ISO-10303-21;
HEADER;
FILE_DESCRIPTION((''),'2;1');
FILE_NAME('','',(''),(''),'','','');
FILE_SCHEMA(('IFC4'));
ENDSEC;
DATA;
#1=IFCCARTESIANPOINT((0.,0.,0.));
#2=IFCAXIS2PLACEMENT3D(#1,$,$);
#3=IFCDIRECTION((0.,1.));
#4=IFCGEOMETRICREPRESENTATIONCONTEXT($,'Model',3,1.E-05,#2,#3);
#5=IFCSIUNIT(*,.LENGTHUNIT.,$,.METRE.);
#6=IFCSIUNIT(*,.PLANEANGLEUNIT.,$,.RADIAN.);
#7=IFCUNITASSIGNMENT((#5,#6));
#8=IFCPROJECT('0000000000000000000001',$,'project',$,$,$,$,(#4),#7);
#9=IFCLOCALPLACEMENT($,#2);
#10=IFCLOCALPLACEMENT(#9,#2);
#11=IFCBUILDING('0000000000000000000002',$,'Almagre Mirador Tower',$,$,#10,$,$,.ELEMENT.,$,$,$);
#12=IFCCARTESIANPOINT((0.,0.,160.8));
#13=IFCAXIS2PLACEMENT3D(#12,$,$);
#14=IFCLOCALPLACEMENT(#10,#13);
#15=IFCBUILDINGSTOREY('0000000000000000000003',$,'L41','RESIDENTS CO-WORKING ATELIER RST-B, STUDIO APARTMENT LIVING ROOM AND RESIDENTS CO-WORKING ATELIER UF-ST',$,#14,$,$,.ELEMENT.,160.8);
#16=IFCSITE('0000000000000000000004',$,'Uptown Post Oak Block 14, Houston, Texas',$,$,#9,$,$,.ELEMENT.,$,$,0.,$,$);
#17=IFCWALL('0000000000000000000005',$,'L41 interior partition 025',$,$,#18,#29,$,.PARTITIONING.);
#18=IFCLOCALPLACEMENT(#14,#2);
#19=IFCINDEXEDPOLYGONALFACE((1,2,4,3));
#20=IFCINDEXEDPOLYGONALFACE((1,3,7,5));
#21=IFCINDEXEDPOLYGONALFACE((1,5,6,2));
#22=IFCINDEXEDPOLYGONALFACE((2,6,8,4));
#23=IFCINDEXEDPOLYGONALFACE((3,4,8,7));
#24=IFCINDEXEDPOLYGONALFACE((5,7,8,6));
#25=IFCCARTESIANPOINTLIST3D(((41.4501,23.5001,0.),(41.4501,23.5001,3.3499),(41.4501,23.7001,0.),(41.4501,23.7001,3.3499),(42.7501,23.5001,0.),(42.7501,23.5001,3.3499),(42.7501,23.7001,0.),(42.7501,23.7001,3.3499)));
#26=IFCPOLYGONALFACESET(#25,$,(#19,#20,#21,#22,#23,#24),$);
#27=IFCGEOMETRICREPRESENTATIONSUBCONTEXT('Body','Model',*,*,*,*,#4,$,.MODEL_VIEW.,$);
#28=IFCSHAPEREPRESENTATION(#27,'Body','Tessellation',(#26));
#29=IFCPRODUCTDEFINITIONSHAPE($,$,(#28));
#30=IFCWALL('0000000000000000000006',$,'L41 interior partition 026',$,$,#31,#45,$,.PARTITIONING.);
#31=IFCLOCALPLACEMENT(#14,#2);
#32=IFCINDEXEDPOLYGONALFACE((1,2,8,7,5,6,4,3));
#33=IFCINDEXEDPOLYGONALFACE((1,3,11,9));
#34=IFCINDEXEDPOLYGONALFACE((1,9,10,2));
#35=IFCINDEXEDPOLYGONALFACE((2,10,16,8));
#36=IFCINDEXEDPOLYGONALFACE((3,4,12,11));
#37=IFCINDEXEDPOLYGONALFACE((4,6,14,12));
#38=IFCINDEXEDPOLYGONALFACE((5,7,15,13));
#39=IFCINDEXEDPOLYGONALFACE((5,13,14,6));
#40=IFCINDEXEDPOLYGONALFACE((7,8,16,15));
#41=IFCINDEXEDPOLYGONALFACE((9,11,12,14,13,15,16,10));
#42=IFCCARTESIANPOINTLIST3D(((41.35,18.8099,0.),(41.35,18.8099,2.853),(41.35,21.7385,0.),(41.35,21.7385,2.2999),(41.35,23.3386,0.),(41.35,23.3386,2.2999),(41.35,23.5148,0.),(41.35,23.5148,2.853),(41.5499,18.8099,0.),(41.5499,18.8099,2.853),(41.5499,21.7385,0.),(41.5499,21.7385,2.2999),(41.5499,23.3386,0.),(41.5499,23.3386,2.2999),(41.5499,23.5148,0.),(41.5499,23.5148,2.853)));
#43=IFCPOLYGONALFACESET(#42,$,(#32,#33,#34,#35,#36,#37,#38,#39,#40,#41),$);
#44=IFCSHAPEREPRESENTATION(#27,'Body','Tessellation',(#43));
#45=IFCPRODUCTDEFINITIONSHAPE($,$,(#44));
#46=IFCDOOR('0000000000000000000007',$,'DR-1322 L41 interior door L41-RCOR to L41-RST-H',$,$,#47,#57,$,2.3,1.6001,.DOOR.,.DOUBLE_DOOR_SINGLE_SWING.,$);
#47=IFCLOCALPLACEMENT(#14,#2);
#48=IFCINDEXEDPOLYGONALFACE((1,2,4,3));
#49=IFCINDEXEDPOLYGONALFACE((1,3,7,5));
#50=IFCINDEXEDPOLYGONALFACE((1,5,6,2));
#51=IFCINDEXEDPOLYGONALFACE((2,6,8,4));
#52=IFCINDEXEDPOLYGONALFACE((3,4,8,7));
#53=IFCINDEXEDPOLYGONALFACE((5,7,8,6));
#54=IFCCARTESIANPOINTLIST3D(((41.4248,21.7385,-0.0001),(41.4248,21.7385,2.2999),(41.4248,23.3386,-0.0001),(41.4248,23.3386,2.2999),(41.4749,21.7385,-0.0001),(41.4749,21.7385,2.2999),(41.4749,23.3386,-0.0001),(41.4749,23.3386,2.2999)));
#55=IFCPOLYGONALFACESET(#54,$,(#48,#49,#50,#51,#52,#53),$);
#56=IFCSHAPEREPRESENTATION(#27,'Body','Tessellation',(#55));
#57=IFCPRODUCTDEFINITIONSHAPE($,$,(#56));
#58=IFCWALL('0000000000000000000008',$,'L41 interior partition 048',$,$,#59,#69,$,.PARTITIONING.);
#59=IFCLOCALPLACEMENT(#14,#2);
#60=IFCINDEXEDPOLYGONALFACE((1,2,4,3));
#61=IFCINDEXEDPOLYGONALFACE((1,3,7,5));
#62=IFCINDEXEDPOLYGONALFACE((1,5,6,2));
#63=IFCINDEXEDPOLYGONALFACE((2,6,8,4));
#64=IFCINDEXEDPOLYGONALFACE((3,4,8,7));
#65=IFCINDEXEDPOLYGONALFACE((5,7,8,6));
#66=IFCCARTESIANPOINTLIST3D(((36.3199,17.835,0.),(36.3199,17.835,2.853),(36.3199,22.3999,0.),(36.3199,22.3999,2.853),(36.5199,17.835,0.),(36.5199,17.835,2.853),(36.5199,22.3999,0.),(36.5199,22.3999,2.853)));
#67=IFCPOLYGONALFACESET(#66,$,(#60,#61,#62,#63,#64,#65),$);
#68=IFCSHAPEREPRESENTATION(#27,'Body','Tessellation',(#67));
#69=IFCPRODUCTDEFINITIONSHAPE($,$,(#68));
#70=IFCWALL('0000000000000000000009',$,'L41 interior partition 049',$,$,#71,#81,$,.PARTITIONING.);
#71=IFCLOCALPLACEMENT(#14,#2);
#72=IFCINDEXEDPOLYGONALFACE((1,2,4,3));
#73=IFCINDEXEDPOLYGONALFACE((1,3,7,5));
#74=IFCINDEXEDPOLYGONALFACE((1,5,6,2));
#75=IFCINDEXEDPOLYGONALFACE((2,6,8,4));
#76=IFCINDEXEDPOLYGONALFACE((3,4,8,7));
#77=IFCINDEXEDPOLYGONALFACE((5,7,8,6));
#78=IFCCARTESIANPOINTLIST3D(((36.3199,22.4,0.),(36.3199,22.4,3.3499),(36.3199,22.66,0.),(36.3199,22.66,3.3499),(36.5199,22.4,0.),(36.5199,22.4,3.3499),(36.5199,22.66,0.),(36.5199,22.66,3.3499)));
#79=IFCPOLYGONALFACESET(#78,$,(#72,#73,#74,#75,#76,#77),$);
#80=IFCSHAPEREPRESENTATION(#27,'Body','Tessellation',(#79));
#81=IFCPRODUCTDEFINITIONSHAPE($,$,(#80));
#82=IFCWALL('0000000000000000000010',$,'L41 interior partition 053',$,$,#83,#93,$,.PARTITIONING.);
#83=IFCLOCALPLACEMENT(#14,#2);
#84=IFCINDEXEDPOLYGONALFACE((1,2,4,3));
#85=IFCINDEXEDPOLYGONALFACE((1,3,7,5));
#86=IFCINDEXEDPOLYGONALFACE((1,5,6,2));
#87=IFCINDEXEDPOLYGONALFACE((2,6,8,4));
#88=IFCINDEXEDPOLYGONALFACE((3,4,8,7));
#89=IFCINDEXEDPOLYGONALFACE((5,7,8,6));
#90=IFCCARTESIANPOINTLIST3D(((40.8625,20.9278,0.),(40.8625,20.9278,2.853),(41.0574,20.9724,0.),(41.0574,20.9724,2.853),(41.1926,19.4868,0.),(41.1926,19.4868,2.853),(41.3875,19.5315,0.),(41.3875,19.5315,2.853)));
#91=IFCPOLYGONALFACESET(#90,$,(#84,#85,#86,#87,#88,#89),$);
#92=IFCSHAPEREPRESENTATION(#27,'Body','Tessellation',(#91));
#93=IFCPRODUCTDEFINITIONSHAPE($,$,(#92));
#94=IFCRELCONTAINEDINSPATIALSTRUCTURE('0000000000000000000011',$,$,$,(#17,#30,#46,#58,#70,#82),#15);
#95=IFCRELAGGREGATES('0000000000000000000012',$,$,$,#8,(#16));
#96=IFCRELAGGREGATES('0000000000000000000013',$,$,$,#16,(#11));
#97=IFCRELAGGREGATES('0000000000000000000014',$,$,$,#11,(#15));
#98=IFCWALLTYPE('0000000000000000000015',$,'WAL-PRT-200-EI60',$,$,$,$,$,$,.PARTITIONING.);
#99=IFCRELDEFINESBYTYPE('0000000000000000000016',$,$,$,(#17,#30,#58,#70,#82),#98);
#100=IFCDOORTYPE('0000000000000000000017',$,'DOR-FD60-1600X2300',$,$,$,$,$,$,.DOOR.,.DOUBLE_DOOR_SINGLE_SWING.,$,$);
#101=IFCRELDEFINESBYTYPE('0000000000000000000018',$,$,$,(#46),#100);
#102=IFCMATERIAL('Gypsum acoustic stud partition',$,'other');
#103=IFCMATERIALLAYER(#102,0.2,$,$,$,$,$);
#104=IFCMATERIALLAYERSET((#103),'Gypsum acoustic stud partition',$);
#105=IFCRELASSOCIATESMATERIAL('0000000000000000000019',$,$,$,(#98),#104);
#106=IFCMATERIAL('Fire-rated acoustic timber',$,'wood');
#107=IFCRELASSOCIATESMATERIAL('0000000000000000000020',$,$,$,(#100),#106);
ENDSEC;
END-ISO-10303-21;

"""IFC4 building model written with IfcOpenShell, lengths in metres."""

from ifc_helpers import new_model, si_unit, direction, frame, frame_2d, origin, place, context, subcontext, project, spatial, rectangle, extrude, material, layer, layer_set, type_object, element, fill, save


model = new_model("IFC4")

# Units and contexts
model_context = context("Model", 3, precision=1e-05, world=origin(), true_north=direction((0.0, 1.0)))
body_context = subcontext(model_context, "Body", "Model", "MODEL_VIEW")
ifc_project = project(units=[si_unit("LENGTHUNIT", "METRE"), si_unit("PLANEANGLEUNIT", "RADIAN")], contexts=[model_context])

# Site, building, storey
site_placement = place(None, origin())
site = spatial("IfcSite", under=ifc_project, at=site_placement, Name="Uptown Post Oak Block 14, Houston, Texas", CompositionType="ELEMENT", RefElevation=0.0)
building_placement = place(site_placement, origin())
building = spatial("IfcBuilding", under=site, at=building_placement, Name="Almagre Mirador Tower", CompositionType="ELEMENT")
storey_placement = place(building_placement, frame((0.0, 0.0, 160.8)))
storey = spatial("IfcBuildingStorey", under=building, at=storey_placement, Name="L41", Description="RESIDENTS CO-WORKING ATELIER RST-B, STUDIO APARTMENT LIVING ROOM AND RESIDENTS CO-WORKING ATELIER UF-ST", CompositionType="ELEMENT", Elevation=160.8)

# Shared definitions
ifc_material_1 = material(Name="Gypsum acoustic stud partition", Category="other")
ifc_layer_1 = layer(ifc_material_1, 0.2)
ifc_layer_set_1 = layer_set([ifc_layer_1], Name="Gypsum acoustic stud partition")
wall_type_1 = type_object("IfcWallType", Name="WAL-PRT-200-EI60", PredefinedType="PARTITIONING", material=ifc_layer_set_1)

# Wall
wall_1_placement = place(storey_placement, frame((42.75, 23.6001, 0.0), z_axis=(0.0, 0.0, 1.0), x_axis=(-1.0, 0.0, 0.0)))
element("IfcWall", 1, at=wall_1_placement, inside=storey, type_object=wall_type_1, Name="L41 interior partition 025", PredefinedType="PARTITIONING", context=body_context, shape_type="SweptSolid", body=[
    extrude(rectangle(XDim=1.3, YDim=0.2, at=frame_2d((0.6499, 0.0))), origin(), (0.0, 0.0, 1.0), 3.3499),
])

# Wall, opening, door
wall_2_placement = place(storey_placement, frame((41.45, 23.5149, 0.0), z_axis=(0.0, 0.0, 1.0), x_axis=(0.0, -1.0, 0.0)))
wall_2 = element("IfcWall", 2, at=wall_2_placement, inside=storey, type_object=wall_type_1, Name="L41 interior partition 026", PredefinedType="PARTITIONING", context=body_context, shape_type="SweptSolid", body=[
    extrude(rectangle(XDim=4.7048, YDim=0.2, at=frame_2d((2.3525, 0.0))), origin(), (0.0, 0.0, 1.0), 2.853),
])
opening_1_placement = place(wall_2_placement, frame((0.1763, 0.0, 0.0)))
opening_1 = element("IfcOpeningElement", 3, at=opening_1_placement, cuts=wall_2, PredefinedType="OPENING", context=body_context, shape_type="SweptSolid", body=[
    extrude(rectangle(XDim=1.6001, YDim=2.3, at=frame_2d((0.8, 1.1499))), frame((0.0, 0.1101, 0.0), z_axis=(0.0, -1.0, 0.0), x_axis=(1.0, 0.0, 0.0)), (0.0, 0.0, 1.0), 0.22),
])
ifc_material_2 = material(Name="Fire-rated acoustic timber", Category="wood")
door_type_1 = type_object("IfcDoorType", Name="DOR-FD60-1600X2300", OperationType="DOUBLE_DOOR_SINGLE_SWING", PredefinedType="DOOR", material=ifc_material_2)
door_1_placement = place(opening_1_placement, origin())
door_1 = element("IfcDoor", 4, at=door_1_placement, inside=storey, type_object=door_type_1, Name="DR-1322 L41 interior door L41-RCOR to L41-RST-H", OperationType="DOUBLE_DOOR_SINGLE_SWING", OverallHeight=2.3, OverallWidth=1.6001, PredefinedType="DOOR", context=body_context, shape_type="SweptSolid", body=[
    extrude(rectangle(XDim=1.6001, YDim=2.3, at=frame_2d((0.8, 1.1499))), frame((0.0, 0.0249, 0.0), z_axis=(0.0, -1.0, 0.0), x_axis=(1.0, 0.0, 0.0)), (0.0, 0.0, 1.0), 0.05),
])
fill(opening_1, door_1)

# Walls
wall_3_placement = place(storey_placement, frame((36.4199, 22.3999, 0.0), z_axis=(0.0, 0.0, 1.0), x_axis=(0.0, -1.0, 0.0)))
element("IfcWall", 5, at=wall_3_placement, inside=storey, type_object=wall_type_1, Name="L41 interior partition 048", PredefinedType="PARTITIONING", context=body_context, shape_type="SweptSolid", body=[
    extrude(rectangle(XDim=4.5649, YDim=0.2, at=frame_2d((2.2825, 0.0))), origin(), (0.0, 0.0, 1.0), 2.853),
])
wall_4_placement = place(storey_placement, frame((36.4199, 22.6599, 0.0), z_axis=(0.0, 0.0, 1.0), x_axis=(0.0, -1.0, 0.0)))
element("IfcWall", 6, at=wall_4_placement, inside=storey, type_object=wall_type_1, Name="L41 interior partition 049", PredefinedType="PARTITIONING", context=body_context, shape_type="SweptSolid", body=[
    extrude(rectangle(XDim=0.26, YDim=0.2, at=frame_2d((0.1299, 0.0))), origin(), (0.0, 0.0, 1.0), 3.3499),
])
wall_5_placement = place(storey_placement, frame((41.29, 19.509, 0.0), z_axis=(0.0, 0.0, 1.0), x_axis=(-0.223291, 0.974752, 0.0)))
element("IfcWall", 7, at=wall_5_placement, inside=storey, type_object=wall_type_1, Name="L41 interior partition 053", PredefinedType="PARTITIONING", context=body_context, shape_type="SweptSolid", body=[
    extrude(rectangle(XDim=1.4783, YDim=0.2, at=frame_2d((0.7393, 0.0))), origin(), (0.0, 0.0, 1.0), 2.853),
])

save(model, "model.ifc")
